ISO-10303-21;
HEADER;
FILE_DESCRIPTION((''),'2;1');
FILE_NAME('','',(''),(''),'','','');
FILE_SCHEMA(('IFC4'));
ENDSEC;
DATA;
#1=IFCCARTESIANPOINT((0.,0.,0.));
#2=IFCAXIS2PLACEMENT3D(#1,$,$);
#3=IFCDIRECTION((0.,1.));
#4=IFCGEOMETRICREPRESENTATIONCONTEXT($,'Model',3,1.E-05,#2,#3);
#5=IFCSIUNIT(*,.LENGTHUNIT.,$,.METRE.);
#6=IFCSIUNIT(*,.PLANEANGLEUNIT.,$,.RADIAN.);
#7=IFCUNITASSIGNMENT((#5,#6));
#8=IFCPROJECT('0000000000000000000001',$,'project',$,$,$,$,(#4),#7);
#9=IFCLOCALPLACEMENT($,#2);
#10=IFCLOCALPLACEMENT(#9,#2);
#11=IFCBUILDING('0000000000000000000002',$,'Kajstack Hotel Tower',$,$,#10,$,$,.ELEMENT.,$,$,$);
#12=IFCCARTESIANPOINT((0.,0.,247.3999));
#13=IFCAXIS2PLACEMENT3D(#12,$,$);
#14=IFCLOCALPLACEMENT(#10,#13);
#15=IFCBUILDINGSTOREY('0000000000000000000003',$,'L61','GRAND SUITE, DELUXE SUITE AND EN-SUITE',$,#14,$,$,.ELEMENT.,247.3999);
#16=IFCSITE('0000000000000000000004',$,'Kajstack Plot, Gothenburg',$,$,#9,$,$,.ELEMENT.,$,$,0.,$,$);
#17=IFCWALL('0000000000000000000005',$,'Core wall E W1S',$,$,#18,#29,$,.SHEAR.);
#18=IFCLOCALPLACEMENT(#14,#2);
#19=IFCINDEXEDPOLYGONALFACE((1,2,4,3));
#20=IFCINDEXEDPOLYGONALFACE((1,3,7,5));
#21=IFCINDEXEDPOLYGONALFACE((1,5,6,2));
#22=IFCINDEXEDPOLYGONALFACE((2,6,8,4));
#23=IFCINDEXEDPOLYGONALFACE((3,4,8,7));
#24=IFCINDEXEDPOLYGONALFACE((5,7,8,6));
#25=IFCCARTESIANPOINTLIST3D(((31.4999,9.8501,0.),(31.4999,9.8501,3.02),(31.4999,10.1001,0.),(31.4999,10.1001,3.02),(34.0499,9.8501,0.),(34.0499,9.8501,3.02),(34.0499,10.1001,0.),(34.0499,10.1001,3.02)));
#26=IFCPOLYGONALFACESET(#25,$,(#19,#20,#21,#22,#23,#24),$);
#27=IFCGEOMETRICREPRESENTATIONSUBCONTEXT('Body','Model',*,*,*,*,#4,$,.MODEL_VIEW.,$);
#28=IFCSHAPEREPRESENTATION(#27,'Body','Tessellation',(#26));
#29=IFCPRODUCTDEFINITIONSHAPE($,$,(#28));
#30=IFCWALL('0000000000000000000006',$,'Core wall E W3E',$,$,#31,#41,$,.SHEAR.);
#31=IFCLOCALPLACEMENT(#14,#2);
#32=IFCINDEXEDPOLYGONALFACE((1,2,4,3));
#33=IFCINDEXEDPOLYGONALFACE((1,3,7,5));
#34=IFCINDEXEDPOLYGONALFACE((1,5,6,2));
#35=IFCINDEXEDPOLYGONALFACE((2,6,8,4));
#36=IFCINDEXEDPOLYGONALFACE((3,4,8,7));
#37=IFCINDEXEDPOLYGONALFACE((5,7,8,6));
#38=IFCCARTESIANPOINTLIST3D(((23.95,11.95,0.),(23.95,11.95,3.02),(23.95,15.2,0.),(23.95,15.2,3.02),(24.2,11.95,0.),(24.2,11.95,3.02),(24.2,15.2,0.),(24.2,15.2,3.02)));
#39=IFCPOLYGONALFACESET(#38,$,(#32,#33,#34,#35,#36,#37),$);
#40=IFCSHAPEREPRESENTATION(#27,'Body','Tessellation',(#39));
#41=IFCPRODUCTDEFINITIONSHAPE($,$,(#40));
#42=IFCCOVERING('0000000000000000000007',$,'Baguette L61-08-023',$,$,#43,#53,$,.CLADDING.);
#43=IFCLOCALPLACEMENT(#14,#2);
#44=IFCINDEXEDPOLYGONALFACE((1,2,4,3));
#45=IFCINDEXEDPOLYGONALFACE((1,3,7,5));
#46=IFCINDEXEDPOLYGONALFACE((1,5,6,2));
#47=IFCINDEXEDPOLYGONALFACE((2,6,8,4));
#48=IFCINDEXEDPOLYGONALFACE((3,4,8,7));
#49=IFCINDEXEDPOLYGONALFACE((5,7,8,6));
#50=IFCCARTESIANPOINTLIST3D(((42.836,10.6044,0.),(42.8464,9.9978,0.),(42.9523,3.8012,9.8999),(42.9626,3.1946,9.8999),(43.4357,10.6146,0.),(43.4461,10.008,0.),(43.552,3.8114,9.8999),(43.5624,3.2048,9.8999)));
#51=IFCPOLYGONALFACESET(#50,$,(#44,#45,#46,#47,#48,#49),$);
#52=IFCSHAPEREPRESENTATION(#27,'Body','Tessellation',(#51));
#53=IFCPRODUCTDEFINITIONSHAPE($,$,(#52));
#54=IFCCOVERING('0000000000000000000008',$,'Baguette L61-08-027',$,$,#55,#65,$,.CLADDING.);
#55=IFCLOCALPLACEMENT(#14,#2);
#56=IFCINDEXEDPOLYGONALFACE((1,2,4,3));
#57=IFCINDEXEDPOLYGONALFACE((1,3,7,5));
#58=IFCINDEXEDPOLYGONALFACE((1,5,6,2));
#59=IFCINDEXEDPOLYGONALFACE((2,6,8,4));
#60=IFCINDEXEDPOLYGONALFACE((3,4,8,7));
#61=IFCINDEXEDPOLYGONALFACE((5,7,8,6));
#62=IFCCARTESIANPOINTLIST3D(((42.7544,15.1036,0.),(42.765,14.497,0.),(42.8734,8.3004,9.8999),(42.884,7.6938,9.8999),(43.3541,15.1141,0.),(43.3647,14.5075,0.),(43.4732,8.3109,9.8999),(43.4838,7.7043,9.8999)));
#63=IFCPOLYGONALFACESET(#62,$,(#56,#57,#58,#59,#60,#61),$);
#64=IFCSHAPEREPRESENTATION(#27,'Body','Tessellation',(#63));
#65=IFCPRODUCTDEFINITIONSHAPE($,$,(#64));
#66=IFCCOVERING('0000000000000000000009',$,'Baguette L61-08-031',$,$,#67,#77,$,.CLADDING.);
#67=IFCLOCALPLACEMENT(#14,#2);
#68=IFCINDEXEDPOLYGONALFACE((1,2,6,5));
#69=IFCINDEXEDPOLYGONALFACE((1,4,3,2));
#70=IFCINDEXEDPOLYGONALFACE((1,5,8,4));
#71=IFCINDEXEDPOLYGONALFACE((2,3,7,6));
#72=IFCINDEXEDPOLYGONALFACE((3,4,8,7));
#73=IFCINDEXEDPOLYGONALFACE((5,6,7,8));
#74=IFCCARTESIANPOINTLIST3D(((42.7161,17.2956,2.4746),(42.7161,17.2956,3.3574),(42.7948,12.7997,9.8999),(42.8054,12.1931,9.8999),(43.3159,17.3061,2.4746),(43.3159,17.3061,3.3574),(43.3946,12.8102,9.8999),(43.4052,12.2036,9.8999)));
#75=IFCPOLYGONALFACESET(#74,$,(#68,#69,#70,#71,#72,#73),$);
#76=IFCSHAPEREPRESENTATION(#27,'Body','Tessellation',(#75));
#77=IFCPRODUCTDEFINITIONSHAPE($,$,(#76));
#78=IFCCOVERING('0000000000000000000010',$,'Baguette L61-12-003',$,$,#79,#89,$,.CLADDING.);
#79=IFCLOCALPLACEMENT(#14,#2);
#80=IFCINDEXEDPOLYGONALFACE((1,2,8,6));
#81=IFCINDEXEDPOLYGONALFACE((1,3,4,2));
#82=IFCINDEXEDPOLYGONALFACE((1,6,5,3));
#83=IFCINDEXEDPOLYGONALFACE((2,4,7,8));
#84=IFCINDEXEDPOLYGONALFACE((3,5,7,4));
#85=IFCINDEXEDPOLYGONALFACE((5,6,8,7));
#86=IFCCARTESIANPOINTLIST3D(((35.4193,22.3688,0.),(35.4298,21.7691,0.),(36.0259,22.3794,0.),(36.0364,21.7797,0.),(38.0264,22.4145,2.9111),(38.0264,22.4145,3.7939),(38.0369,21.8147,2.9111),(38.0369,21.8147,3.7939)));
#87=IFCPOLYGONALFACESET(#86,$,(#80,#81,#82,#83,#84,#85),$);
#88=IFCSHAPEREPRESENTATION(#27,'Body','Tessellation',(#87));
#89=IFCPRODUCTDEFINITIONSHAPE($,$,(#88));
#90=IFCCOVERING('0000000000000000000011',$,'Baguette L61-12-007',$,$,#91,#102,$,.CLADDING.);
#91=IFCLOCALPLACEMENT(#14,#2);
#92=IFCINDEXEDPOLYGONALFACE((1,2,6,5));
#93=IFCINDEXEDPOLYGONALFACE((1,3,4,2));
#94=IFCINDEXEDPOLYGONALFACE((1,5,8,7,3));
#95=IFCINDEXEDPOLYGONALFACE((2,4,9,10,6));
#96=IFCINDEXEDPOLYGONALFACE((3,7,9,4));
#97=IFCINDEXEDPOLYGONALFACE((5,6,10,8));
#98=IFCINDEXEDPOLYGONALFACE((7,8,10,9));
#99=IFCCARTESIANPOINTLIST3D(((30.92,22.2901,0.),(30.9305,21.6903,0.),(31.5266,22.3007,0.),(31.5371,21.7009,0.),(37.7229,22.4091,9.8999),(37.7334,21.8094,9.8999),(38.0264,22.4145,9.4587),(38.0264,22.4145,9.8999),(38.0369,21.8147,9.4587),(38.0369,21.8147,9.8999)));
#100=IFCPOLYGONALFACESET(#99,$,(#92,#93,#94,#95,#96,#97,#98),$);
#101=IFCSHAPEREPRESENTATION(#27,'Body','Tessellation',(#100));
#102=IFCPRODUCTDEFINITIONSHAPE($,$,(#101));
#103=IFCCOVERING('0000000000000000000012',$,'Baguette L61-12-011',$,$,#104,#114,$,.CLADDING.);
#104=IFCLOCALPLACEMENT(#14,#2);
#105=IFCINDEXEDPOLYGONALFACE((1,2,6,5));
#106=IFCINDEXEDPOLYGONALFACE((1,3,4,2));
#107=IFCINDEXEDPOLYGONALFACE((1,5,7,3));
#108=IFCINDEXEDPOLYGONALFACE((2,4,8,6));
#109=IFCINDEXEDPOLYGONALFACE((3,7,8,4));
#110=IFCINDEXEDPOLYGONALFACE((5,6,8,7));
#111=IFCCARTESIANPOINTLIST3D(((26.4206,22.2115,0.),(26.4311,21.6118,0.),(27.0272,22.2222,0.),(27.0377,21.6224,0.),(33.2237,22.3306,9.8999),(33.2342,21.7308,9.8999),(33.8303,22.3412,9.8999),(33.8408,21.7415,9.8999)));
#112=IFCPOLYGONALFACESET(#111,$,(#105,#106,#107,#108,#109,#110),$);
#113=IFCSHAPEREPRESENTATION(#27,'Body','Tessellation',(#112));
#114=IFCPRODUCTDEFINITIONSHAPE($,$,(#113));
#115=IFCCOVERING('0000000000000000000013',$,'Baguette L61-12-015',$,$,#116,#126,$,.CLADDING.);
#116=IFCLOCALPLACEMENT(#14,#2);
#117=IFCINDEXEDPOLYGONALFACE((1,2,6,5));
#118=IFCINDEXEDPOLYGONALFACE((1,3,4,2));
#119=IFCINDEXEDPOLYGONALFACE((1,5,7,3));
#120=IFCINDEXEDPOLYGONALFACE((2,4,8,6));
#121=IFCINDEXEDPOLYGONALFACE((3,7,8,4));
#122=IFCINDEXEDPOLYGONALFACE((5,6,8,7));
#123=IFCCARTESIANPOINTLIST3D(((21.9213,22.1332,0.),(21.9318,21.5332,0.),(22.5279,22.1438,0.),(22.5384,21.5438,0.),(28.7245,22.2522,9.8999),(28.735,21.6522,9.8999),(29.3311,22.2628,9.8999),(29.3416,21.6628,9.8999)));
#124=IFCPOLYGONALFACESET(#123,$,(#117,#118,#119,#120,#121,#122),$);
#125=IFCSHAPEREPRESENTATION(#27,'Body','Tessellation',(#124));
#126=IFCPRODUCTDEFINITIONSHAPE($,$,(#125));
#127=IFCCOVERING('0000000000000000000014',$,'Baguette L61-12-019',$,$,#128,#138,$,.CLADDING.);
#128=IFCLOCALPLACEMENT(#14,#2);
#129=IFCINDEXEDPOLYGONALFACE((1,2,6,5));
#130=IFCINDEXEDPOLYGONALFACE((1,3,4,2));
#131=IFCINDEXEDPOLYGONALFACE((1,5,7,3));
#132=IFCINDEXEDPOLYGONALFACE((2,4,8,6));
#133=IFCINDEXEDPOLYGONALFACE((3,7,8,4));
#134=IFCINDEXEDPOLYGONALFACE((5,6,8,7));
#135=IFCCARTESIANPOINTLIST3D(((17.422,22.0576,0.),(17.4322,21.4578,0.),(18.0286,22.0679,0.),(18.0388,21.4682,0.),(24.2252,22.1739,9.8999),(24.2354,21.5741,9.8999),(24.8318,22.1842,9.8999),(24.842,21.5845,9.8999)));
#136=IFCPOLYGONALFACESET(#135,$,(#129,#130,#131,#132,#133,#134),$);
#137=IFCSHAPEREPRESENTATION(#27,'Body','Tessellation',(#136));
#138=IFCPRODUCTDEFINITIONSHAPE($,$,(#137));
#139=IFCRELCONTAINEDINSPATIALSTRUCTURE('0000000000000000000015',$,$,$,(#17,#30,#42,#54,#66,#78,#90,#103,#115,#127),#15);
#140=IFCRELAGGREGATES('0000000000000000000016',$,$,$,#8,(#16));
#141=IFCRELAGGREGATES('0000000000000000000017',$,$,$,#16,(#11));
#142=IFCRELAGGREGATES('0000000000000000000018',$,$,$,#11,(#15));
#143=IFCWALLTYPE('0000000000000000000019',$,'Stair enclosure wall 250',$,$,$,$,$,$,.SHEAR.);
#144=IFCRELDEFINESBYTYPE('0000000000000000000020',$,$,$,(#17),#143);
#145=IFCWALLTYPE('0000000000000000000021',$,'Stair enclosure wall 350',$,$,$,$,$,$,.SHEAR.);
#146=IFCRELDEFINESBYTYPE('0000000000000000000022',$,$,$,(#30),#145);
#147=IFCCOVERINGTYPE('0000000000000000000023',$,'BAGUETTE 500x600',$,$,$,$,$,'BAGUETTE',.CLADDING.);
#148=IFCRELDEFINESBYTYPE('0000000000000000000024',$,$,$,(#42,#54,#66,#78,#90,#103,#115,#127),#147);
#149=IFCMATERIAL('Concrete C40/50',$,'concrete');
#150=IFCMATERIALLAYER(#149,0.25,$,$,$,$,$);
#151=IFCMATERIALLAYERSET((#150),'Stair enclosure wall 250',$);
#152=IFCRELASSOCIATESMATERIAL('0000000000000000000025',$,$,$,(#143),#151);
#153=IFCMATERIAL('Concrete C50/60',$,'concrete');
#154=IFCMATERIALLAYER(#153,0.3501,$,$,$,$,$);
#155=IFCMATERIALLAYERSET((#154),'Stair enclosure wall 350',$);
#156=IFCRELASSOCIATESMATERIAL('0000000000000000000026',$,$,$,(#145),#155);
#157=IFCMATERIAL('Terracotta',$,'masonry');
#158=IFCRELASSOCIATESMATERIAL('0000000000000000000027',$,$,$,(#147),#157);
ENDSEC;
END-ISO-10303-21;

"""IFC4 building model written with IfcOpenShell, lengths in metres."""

from ifc_helpers import new_model, si_unit, direction, frame, frame_2d, origin, origin_2d, place, context, subcontext, project, spatial, polyline, rectangle, outline, extrude, material, layer, layer_set, material_profile, profile_set, type_object, element, save


model = new_model("IFC4")

# Units and contexts
model_context = context("Model", 3, precision=1e-05, world=origin(), true_north=direction((0.0, 1.0)))
body_context = subcontext(model_context, "Body", "Model", "MODEL_VIEW")
ifc_project = project(units=[si_unit("LENGTHUNIT", "METRE"), si_unit("PLANEANGLEUNIT", "RADIAN")], contexts=[model_context])

# Site, building, storey
site_placement = place(None, origin())
site = spatial("IfcSite", under=ifc_project, at=site_placement, Name="Kajstack Plot, Gothenburg", CompositionType="ELEMENT", RefElevation=0.0)
building_placement = place(site_placement, origin())
building = spatial("IfcBuilding", under=site, at=building_placement, Name="Kajstack Hotel Tower", CompositionType="ELEMENT")
storey_placement = place(building_placement, frame((0.0, 0.0, 247.3999)))
storey = spatial("IfcBuildingStorey", under=building, at=storey_placement, Name="L61", Description="GRAND SUITE, DELUXE SUITE AND EN-SUITE", CompositionType="ELEMENT", Elevation=247.3999)

# Shared definitions
ifc_material_1 = material(Name="Concrete C40/50", Category="concrete")

# Shared definitions
ifc_layer_1 = layer(ifc_material_1, 0.25)
ifc_layer_set_1 = layer_set([ifc_layer_1], Name="Stair enclosure wall 250")
wall_type_1 = type_object("IfcWallType", Name="Stair enclosure wall 250", PredefinedType="SHEAR", material=ifc_layer_set_1)

# Walls
wall_1_placement = place(storey_placement, frame((31.5, 9.9751, 0.0), z_axis=(0.0, 0.0, 1.0), x_axis=(1.0, 0.0, 0.0)))
element("IfcWall", 1, at=wall_1_placement, inside=storey, type_object=wall_type_1, Name="Core wall E W1S", PredefinedType="SHEAR", context=body_context, shape_type="SweptSolid", body=[
    extrude(rectangle(XDim=2.55, YDim=0.25, at=frame_2d((1.2749, 0.0))), origin(), (0.0, 0.0, 1.0), 3.02),
])
ifc_material_2 = material(Name="Concrete C50/60", Category="concrete")
ifc_layer_2 = layer(ifc_material_2, 0.3501)
ifc_layer_set_2 = layer_set([ifc_layer_2], Name="Stair enclosure wall 350")
wall_type_2 = type_object("IfcWallType", Name="Stair enclosure wall 350", PredefinedType="SHEAR", material=ifc_layer_set_2)
wall_2_placement = place(storey_placement, frame((24.075, 11.95, 0.0), z_axis=(0.0, 0.0, 1.0), x_axis=(0.0, 1.0, 0.0)))
element("IfcWall", 2, at=wall_2_placement, inside=storey, type_object=wall_type_2, Name="Core wall E W3E", PredefinedType="SHEAR", context=body_context, shape_type="SweptSolid", body=[
    extrude(rectangle(XDim=3.25, YDim=0.25, at=frame_2d((1.625, 0.0))), origin(), (0.0, 0.0, 1.0), 3.02),
])

# Coverings
ifc_material_3 = material(Name="Terracotta", Category="masonry")
ifc_material_profile = material_profile(ifc_material_3, rectangle(XDim=0.6001, YDim=0.5, at=origin_2d()), Name="Terracotta-clad concrete baguette 500 x 600")
ifc_profile_set = profile_set([ifc_material_profile], Name="Terracotta")
covering_type = type_object("IfcCoveringType", Name="BAGUETTE 500x600", ElementType="BAGUETTE", PredefinedType="CLADDING", material=ifc_profile_set)
for number, where, z_axis, x_axis, name in (
    (3, (42.9626, 3.1946, 0.0), (0.999854, 0.017092, 0.0), (-0.017092, 0.999854, 0.0), "Baguette L61-08-023"),
    (4, (42.884, 7.6938, 0.0), (0.999847, 0.017498, 0.0), (-0.017498, 0.999847, 0.0), "Baguette L61-08-027"),
):
    element("IfcCovering", number, at=place(storey_placement, frame(where, z_axis=z_axis, x_axis=x_axis)), inside=storey, type_object=covering_type, Name=name, PredefinedType="CLADDING", context=body_context, shape_type="SweptSolid", body=[
        extrude(outline(polyline([(0.0, 9.8999), (6.8042, 0.0), (7.4109, 0.0), (0.6067, 9.8999), (0.0, 9.8999)])), origin(), (0.0, 0.0, 1.0), 0.5999),
    ])
covering_1_placement = place(storey_placement, frame((42.8054, 12.1931, 0.0), z_axis=(0.999847, 0.017498, 0.0), x_axis=(-0.017498, 0.999847, 0.0)))
element("IfcCovering", 5, at=covering_1_placement, inside=storey, type_object=covering_type, Name="Baguette L61-08-031", PredefinedType="CLADDING", context=body_context, shape_type="SweptSolid", body=[
    extrude(outline(polyline([(0.0, 9.8999), (5.1033, 2.4746), (5.1033, 3.3574), (0.6067, 9.8999), (0.0, 9.8999)])), origin(), (0.0, 0.0, 1.0), 0.5999),
])
covering_2_placement = place(storey_placement, frame((38.0369, 21.8147, 0.0), z_axis=(-0.017498, 0.999847, 0.0), x_axis=(-0.999847, -0.017498, 0.0)))
element("IfcCovering", 6, at=covering_2_placement, inside=storey, type_object=covering_type, Name="Baguette L61-12-003", PredefinedType="CLADDING", context=body_context, shape_type="SweptSolid", body=[
    extrude(outline(polyline([(2.6074, 0.0), (0.0, 3.7939), (0.0, 2.9111), (2.0007, 0.0), (2.6074, 0.0)])), origin(), (0.0, 0.0, 1.0), 0.5999),
])
covering_3_placement = place(storey_placement, frame((38.0369, 21.8147, 0.0), z_axis=(-0.017498, 0.999847, 0.0), x_axis=(-0.999847, -0.017498, 0.0)))
element("IfcCovering", 7, at=covering_3_placement, inside=storey, type_object=covering_type, Name="Baguette L61-12-007", PredefinedType="CLADDING", context=body_context, shape_type="SweptSolid", body=[
    extrude(outline(polyline([(0.3035, 9.8999), (0.0, 9.8999), (0.0, 9.4587), (6.5007, 0.0), (7.1074, 0.0), (0.3035, 9.8999)])), origin(), (0.0, 0.0, 1.0), 0.5999),
])
covering_4_placement = place(storey_placement, frame((33.8408, 21.7415, 0.0), z_axis=(-0.017498, 0.999847, 0.0), x_axis=(-0.999847, -0.017498, 0.0)))
element("IfcCovering", 8, at=covering_4_placement, inside=storey, type_object=covering_type, Name="Baguette L61-12-011", PredefinedType="CLADDING", context=body_context, shape_type="SweptSolid", body=[
    extrude(outline(polyline([(0.0, 9.8999), (6.8042, 0.0), (7.4109, 0.0), (0.6067, 9.8999), (0.0, 9.8999)])), origin(), (0.0, 0.0, 1.0), 0.5999),
])
covering_5_placement = place(storey_placement, frame((29.3416, 21.6628, 0.0), z_axis=(-0.017491, 0.999847, 0.0), x_axis=(-0.999847, -0.017491, 0.0)))
element("IfcCovering", 9, at=covering_5_placement, inside=storey, type_object=covering_type, Name="Baguette L61-12-015", PredefinedType="CLADDING", context=body_context, shape_type="SweptSolid", body=[
    extrude(outline(polyline([(0.0, 9.8999), (6.8042, 0.0), (7.4109, 0.0), (0.6067, 9.8999), (0.0, 9.8999)])), origin(), (0.0, 0.0, 1.0), 0.6001),
])
covering_6_placement = place(storey_placement, frame((24.842, 21.5845, 0.0), z_axis=(-0.017092, 0.999854, 0.0), x_axis=(-0.999854, -0.017092, 0.0)))
element("IfcCovering", 10, at=covering_6_placement, inside=storey, type_object=covering_type, Name="Baguette L61-12-019", PredefinedType="CLADDING", context=body_context, shape_type="SweptSolid", body=[
    extrude(outline(polyline([(0.0, 9.8999), (6.8042, 0.0), (7.4109, 0.0), (0.6067, 9.8999), (0.0, 9.8999)])), origin(), (0.0, 0.0, 1.0), 0.5999),
])

save(model, "model.ifc")
